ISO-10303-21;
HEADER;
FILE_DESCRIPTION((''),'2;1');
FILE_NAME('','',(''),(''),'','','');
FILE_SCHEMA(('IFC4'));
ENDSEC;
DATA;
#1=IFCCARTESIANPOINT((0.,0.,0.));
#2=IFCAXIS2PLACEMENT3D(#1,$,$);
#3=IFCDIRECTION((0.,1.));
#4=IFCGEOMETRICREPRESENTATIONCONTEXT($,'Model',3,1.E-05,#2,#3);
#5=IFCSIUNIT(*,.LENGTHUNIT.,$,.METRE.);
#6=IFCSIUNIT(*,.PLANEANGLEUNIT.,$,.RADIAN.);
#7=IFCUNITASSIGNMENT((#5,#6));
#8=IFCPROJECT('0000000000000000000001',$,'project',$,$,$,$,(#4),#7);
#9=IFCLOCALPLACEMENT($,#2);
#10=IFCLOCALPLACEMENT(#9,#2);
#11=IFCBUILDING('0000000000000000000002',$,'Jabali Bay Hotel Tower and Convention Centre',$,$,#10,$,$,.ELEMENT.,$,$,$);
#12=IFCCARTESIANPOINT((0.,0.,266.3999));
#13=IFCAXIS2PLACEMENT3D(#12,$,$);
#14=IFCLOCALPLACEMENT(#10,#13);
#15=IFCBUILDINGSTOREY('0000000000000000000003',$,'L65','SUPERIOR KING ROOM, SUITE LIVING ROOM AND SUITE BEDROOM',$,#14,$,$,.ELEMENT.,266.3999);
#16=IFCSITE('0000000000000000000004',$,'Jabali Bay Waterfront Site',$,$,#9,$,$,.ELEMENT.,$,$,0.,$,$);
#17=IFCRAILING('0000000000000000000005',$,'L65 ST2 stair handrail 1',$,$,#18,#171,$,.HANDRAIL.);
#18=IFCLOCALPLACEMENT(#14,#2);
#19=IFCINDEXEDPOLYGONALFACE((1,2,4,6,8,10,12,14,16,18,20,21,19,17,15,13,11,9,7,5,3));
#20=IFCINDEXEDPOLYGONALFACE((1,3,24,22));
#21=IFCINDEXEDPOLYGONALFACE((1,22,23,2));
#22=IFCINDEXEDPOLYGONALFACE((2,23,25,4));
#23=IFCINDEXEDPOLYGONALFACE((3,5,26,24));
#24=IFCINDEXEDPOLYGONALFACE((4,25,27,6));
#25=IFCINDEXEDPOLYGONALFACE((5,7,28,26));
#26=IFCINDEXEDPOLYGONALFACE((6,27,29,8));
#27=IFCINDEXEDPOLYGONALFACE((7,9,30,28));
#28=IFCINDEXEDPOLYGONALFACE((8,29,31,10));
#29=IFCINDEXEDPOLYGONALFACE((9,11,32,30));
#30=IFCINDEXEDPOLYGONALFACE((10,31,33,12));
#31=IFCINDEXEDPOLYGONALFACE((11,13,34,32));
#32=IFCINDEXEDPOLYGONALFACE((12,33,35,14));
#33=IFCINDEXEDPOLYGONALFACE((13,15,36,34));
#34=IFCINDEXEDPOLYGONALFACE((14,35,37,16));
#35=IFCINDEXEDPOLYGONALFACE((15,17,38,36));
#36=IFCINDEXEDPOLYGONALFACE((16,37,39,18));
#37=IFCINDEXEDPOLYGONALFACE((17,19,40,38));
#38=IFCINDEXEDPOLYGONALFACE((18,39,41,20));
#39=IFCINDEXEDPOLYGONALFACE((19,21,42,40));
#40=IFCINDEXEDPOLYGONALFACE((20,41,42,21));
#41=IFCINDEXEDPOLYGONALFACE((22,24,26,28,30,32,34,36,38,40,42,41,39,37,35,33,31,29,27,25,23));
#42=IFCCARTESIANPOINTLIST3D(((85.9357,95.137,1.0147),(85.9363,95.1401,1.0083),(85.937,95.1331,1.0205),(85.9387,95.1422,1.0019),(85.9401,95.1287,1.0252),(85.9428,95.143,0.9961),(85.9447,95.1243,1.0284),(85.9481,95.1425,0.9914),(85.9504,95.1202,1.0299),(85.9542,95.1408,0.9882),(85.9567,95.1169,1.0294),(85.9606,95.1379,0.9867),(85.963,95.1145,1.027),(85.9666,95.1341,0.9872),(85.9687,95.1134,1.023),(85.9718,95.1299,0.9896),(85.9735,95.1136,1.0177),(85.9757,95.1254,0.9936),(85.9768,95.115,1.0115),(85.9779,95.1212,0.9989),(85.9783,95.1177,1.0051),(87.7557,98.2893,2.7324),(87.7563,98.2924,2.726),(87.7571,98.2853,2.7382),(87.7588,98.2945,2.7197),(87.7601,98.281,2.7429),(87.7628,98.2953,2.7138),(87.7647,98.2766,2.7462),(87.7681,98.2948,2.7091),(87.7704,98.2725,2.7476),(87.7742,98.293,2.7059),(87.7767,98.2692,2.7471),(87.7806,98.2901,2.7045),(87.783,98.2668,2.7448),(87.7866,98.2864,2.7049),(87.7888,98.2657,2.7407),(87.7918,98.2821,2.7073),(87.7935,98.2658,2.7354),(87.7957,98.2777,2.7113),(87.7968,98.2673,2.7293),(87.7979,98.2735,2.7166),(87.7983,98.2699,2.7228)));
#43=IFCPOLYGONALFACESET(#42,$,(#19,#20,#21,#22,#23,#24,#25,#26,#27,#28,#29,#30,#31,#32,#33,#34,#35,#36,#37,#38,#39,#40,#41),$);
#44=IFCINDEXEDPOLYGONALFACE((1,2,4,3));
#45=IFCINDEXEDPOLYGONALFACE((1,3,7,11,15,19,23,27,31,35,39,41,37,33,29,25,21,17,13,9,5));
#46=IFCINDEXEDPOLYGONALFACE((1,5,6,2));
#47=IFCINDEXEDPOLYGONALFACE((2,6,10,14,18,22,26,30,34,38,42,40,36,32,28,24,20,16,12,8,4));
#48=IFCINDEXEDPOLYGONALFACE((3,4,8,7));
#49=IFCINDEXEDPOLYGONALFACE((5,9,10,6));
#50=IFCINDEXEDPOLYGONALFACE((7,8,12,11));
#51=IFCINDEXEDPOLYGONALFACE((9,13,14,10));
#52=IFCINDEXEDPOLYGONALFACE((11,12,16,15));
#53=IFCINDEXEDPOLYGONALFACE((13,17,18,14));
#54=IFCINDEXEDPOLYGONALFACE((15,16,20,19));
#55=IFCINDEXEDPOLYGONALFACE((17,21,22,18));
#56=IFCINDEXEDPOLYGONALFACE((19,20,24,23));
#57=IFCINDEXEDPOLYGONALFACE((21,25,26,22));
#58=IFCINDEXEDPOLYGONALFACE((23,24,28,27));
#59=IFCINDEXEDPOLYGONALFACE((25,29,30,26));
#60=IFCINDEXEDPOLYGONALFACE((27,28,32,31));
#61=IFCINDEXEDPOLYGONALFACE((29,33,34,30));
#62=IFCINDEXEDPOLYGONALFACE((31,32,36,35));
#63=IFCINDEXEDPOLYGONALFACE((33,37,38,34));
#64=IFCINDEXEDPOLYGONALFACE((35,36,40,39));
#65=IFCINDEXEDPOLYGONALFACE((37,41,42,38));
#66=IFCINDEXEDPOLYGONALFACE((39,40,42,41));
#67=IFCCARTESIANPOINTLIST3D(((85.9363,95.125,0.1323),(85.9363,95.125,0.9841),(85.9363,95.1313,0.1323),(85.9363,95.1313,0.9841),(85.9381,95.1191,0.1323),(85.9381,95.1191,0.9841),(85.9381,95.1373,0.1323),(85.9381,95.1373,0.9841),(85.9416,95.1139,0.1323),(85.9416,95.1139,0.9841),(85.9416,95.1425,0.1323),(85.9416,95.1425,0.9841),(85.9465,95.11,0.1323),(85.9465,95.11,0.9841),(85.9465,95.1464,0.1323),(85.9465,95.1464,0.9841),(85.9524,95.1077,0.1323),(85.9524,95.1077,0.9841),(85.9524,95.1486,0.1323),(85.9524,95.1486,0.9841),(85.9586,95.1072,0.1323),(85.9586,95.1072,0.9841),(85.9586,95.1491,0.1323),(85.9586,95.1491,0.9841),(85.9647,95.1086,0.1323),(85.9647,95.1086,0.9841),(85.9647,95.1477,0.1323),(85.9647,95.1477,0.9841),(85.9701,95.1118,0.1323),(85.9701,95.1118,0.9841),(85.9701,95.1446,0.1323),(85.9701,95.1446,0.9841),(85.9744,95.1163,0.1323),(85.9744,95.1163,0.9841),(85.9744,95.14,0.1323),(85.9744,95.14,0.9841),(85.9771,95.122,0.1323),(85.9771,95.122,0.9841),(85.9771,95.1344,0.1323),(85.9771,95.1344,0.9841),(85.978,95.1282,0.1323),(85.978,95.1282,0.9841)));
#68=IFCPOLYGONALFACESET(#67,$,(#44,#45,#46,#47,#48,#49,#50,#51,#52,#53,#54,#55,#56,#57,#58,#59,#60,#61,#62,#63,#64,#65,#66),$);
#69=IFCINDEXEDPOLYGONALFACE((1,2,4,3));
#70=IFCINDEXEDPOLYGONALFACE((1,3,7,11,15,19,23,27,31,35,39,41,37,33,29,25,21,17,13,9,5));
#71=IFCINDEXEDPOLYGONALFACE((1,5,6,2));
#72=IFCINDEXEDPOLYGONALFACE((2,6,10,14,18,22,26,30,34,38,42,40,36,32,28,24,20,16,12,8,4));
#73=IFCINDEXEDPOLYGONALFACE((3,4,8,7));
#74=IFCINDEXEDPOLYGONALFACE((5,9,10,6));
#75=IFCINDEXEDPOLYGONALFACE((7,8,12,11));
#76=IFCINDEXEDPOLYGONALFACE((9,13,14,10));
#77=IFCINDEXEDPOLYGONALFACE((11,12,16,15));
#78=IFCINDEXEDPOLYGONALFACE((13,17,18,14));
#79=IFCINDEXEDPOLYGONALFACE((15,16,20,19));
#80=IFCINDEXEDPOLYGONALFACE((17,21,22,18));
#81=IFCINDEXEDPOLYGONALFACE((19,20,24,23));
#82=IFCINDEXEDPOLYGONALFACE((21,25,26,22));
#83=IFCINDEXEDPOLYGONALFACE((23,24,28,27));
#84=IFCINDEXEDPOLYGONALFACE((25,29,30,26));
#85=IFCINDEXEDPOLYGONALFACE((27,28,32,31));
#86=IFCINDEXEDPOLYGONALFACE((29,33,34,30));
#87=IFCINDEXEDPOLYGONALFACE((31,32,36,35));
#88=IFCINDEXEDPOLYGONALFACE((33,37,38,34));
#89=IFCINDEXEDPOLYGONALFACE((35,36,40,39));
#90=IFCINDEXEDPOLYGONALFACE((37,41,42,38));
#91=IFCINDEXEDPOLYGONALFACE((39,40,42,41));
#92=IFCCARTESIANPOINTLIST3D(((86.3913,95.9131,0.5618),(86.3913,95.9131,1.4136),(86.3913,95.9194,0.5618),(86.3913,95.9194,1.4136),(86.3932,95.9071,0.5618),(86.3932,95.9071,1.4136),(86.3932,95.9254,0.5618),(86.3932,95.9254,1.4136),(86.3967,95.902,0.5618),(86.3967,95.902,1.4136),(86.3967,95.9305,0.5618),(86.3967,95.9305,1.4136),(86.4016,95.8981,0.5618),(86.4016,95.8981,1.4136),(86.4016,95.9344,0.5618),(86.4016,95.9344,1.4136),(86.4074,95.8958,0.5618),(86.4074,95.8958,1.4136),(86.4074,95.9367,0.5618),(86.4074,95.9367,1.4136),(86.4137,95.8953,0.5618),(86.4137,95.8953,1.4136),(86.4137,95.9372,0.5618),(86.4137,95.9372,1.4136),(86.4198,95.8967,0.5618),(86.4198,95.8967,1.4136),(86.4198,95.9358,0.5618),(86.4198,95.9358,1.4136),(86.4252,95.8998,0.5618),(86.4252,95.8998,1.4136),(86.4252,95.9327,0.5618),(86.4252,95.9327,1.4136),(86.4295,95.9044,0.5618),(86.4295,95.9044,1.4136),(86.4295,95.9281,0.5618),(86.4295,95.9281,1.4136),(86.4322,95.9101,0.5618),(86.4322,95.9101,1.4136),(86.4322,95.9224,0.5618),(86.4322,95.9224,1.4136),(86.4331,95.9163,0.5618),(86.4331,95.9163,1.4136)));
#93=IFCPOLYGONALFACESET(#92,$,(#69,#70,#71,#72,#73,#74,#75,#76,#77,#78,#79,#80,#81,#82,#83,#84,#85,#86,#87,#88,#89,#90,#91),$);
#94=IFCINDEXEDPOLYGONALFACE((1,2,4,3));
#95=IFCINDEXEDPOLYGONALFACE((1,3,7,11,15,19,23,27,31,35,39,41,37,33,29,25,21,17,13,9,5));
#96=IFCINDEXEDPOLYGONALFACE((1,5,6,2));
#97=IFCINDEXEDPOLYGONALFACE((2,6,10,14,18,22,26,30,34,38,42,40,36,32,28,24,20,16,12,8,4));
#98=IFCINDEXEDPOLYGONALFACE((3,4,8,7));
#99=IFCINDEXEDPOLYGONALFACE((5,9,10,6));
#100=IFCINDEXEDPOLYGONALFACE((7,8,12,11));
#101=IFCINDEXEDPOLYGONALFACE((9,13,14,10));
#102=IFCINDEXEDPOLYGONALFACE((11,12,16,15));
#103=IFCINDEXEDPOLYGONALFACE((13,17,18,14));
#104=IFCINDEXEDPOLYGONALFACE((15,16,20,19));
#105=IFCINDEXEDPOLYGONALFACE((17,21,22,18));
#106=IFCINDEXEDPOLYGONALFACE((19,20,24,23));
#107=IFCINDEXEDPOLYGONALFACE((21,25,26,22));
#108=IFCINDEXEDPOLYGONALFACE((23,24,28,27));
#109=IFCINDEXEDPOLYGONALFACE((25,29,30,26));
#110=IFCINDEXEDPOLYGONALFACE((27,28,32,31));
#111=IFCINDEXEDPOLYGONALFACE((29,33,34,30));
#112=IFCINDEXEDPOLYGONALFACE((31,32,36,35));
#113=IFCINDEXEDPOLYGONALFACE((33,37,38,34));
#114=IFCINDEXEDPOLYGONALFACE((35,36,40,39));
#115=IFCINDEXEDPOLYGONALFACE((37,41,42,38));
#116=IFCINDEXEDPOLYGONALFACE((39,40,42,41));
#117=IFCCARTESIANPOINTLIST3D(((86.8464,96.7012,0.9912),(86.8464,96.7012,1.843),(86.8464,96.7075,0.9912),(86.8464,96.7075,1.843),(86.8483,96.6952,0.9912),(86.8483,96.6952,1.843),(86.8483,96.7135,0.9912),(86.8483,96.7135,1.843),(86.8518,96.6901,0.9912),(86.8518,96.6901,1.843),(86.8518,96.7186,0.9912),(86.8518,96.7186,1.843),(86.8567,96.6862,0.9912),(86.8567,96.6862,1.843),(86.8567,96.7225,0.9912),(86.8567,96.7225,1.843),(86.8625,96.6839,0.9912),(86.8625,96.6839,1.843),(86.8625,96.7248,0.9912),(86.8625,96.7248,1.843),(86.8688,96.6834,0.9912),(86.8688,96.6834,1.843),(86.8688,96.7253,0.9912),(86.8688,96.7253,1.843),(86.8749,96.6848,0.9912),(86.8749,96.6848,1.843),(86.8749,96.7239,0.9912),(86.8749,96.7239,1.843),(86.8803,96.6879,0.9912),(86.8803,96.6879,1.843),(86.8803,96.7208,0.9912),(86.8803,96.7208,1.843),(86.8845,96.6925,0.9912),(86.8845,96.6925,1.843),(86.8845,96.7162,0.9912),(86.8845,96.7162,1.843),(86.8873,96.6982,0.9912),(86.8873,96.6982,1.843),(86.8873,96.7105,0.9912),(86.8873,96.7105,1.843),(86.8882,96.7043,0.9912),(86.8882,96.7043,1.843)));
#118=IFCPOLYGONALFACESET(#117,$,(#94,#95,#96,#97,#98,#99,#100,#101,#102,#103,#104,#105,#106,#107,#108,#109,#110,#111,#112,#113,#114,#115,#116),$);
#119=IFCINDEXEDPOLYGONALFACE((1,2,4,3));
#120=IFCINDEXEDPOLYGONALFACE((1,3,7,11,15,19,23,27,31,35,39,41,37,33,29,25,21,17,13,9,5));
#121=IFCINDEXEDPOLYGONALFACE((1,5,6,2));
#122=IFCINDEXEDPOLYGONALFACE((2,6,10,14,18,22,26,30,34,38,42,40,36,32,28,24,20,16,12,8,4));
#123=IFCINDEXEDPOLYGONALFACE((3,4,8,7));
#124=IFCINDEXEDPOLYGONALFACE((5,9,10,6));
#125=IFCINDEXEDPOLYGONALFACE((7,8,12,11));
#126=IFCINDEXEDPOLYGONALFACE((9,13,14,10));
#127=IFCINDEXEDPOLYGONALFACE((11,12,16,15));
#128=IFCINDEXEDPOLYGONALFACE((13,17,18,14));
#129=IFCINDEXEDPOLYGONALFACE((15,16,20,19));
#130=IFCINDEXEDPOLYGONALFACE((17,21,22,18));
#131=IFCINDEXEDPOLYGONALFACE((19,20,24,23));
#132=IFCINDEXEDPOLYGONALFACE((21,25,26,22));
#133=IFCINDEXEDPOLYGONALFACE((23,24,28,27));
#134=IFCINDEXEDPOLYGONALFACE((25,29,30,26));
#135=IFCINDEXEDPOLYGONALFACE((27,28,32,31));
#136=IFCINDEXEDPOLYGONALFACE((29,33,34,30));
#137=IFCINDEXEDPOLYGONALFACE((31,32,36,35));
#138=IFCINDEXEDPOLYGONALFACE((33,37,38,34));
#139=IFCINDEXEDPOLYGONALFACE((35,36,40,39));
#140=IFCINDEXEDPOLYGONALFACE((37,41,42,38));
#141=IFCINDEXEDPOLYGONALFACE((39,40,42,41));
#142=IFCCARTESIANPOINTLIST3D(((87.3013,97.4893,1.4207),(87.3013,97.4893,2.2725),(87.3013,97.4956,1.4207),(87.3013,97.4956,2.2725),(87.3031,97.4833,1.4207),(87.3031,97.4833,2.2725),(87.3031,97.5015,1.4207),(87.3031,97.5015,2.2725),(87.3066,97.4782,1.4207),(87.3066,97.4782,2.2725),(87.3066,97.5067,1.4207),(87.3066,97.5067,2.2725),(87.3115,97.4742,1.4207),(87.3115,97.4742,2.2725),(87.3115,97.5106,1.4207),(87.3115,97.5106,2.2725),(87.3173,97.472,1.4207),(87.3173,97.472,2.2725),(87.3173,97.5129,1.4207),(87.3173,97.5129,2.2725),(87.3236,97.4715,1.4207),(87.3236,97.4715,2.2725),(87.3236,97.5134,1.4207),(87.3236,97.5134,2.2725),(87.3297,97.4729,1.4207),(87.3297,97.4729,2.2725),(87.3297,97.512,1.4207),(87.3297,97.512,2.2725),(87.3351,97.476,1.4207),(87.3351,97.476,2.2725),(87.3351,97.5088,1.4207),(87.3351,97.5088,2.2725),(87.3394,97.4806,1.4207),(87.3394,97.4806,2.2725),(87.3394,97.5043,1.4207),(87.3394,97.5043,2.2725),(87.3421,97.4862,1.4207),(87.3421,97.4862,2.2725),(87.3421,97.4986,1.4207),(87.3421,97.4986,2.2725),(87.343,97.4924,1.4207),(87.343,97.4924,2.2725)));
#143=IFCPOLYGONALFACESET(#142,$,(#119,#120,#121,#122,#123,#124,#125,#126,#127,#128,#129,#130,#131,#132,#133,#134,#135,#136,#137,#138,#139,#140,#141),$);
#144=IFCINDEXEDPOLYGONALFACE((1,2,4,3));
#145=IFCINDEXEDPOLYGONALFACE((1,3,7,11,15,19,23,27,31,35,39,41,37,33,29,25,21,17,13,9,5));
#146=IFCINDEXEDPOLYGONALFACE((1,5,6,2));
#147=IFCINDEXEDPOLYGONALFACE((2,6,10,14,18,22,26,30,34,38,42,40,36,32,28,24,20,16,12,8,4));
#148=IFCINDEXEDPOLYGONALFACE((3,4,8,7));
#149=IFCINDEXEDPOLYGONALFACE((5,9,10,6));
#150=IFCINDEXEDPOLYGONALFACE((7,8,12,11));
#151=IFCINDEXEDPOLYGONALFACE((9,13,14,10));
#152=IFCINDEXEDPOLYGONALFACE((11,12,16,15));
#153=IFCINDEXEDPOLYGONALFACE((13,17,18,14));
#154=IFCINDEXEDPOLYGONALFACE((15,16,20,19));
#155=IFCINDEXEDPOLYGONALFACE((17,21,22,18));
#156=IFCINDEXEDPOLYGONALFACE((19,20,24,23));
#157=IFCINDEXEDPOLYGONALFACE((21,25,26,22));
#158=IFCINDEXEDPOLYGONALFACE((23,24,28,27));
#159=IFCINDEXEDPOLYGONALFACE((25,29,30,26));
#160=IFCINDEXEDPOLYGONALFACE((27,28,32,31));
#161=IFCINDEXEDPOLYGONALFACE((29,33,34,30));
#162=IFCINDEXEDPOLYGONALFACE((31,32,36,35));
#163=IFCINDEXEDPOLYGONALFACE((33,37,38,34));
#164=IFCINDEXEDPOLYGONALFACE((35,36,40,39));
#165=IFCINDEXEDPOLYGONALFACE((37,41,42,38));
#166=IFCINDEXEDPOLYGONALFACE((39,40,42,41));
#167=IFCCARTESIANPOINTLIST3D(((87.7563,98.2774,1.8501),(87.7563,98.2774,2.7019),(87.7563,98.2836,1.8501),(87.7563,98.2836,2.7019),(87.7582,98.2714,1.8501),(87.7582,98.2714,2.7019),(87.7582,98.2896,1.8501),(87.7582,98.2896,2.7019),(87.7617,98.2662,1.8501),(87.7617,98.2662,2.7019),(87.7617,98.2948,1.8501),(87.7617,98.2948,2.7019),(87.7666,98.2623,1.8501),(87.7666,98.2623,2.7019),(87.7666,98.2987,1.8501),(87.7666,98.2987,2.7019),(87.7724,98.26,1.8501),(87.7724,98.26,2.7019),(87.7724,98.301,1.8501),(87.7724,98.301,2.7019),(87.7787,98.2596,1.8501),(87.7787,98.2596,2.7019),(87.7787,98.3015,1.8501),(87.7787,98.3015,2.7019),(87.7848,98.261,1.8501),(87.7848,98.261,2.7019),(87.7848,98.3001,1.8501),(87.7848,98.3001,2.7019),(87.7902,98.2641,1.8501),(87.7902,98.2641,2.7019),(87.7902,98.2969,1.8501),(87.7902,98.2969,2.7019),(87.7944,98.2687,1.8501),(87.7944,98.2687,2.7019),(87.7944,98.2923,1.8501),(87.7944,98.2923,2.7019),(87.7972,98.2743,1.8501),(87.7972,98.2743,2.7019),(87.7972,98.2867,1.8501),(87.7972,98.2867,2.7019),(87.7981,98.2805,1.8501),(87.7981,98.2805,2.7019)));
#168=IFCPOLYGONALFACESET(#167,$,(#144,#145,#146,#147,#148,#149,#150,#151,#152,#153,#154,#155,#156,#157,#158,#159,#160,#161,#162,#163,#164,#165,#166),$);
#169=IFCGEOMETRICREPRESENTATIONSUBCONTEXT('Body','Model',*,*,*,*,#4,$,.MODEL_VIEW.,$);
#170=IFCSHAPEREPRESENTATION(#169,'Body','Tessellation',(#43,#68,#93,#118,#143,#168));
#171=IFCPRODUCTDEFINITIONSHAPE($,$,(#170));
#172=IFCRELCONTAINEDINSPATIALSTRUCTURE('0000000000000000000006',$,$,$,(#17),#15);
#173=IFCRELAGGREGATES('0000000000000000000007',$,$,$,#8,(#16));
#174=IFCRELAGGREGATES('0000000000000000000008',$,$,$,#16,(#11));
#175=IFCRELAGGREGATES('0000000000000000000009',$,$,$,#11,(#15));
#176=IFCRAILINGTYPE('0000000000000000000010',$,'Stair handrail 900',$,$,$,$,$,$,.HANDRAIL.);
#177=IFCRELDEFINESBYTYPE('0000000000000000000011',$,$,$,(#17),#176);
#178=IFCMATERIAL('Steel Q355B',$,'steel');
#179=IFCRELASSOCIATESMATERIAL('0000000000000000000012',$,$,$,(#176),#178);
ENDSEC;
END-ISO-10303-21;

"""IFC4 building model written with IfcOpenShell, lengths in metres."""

from ifc_helpers import new_model, si_unit, direction, frame, origin, origin_2d, place, context, subcontext, project, spatial, circle, extrude, material, type_object, element, save


model = new_model("IFC4")

# Units and contexts
model_context = context("Model", 3, precision=1e-05, world=origin(), true_north=direction((0.0, 1.0)))
body_context = subcontext(model_context, "Body", "Model", "MODEL_VIEW")
ifc_project = project(units=[si_unit("LENGTHUNIT", "METRE"), si_unit("PLANEANGLEUNIT", "RADIAN")], contexts=[model_context])

# Site, building, storey
site_placement = place(None, origin())
site = spatial("IfcSite", under=ifc_project, at=site_placement, Name="Jabali Bay Waterfront Site", CompositionType="ELEMENT", RefElevation=0.0)
building_placement = place(site_placement, origin())
building = spatial("IfcBuilding", under=site, at=building_placement, Name="Jabali Bay Hotel Tower and Convention Centre", CompositionType="ELEMENT")
storey_placement = place(building_placement, frame((0.0, 0.0, 266.3999)))
storey = spatial("IfcBuildingStorey", under=building, at=storey_placement, Name="L65", Description="SUPERIOR KING ROOM, SUITE LIVING ROOM AND SUITE BEDROOM", CompositionType="ELEMENT", Elevation=266.3999)

# Railing
ifc_material_1 = material(Name="Steel Q355B", Category="steel")
railing_type_1 = type_object("IfcRailingType", Name="Stair handrail 900", PredefinedType="HANDRAIL", material=ifc_material_1)
railing_1_placement = place(storey_placement, frame((85.957, 95.1282, 0.1323)))
element("IfcRailing", 1, at=railing_1_placement, inside=storey, type_object=railing_type_1, Name="L65 ST2 stair handrail 1", PredefinedType="HANDRAIL", context=body_context, shape_type="SweptSolid", body=[
    extrude(circle(Radius=0.0239, at=origin_2d()), frame((0.0, 0.0, 0.876), z_axis=(0.45219, 0.78319, 0.426775), x_axis=(-0.866018, 0.500013, 0.0)), (0.0, 0.0, 1.0), 4.0249),
    extrude(circle(Radius=0.021, at=origin_2d()), origin(), (0.0, 0.0, 1.0), 0.8518),
    extrude(circle(Radius=0.021, at=origin_2d()), frame((0.4551, 0.7881, 0.4294)), (0.0, 0.0, 1.0), 0.8518),
    extrude(circle(Radius=0.021, at=origin_2d()), frame((0.9102, 1.5762, 0.8589)), (0.0, 0.0, 1.0), 0.8518),
    extrude(circle(Radius=0.021, at=origin_2d()), frame((1.365, 2.3643, 1.2883)), (0.0, 0.0, 1.0), 0.8518),
    extrude(circle(Radius=0.021, at=origin_2d()), frame((1.8201, 3.1523, 1.7178)), (0.0, 0.0, 1.0), 0.8518),
])

save(model, "model.ifc")
